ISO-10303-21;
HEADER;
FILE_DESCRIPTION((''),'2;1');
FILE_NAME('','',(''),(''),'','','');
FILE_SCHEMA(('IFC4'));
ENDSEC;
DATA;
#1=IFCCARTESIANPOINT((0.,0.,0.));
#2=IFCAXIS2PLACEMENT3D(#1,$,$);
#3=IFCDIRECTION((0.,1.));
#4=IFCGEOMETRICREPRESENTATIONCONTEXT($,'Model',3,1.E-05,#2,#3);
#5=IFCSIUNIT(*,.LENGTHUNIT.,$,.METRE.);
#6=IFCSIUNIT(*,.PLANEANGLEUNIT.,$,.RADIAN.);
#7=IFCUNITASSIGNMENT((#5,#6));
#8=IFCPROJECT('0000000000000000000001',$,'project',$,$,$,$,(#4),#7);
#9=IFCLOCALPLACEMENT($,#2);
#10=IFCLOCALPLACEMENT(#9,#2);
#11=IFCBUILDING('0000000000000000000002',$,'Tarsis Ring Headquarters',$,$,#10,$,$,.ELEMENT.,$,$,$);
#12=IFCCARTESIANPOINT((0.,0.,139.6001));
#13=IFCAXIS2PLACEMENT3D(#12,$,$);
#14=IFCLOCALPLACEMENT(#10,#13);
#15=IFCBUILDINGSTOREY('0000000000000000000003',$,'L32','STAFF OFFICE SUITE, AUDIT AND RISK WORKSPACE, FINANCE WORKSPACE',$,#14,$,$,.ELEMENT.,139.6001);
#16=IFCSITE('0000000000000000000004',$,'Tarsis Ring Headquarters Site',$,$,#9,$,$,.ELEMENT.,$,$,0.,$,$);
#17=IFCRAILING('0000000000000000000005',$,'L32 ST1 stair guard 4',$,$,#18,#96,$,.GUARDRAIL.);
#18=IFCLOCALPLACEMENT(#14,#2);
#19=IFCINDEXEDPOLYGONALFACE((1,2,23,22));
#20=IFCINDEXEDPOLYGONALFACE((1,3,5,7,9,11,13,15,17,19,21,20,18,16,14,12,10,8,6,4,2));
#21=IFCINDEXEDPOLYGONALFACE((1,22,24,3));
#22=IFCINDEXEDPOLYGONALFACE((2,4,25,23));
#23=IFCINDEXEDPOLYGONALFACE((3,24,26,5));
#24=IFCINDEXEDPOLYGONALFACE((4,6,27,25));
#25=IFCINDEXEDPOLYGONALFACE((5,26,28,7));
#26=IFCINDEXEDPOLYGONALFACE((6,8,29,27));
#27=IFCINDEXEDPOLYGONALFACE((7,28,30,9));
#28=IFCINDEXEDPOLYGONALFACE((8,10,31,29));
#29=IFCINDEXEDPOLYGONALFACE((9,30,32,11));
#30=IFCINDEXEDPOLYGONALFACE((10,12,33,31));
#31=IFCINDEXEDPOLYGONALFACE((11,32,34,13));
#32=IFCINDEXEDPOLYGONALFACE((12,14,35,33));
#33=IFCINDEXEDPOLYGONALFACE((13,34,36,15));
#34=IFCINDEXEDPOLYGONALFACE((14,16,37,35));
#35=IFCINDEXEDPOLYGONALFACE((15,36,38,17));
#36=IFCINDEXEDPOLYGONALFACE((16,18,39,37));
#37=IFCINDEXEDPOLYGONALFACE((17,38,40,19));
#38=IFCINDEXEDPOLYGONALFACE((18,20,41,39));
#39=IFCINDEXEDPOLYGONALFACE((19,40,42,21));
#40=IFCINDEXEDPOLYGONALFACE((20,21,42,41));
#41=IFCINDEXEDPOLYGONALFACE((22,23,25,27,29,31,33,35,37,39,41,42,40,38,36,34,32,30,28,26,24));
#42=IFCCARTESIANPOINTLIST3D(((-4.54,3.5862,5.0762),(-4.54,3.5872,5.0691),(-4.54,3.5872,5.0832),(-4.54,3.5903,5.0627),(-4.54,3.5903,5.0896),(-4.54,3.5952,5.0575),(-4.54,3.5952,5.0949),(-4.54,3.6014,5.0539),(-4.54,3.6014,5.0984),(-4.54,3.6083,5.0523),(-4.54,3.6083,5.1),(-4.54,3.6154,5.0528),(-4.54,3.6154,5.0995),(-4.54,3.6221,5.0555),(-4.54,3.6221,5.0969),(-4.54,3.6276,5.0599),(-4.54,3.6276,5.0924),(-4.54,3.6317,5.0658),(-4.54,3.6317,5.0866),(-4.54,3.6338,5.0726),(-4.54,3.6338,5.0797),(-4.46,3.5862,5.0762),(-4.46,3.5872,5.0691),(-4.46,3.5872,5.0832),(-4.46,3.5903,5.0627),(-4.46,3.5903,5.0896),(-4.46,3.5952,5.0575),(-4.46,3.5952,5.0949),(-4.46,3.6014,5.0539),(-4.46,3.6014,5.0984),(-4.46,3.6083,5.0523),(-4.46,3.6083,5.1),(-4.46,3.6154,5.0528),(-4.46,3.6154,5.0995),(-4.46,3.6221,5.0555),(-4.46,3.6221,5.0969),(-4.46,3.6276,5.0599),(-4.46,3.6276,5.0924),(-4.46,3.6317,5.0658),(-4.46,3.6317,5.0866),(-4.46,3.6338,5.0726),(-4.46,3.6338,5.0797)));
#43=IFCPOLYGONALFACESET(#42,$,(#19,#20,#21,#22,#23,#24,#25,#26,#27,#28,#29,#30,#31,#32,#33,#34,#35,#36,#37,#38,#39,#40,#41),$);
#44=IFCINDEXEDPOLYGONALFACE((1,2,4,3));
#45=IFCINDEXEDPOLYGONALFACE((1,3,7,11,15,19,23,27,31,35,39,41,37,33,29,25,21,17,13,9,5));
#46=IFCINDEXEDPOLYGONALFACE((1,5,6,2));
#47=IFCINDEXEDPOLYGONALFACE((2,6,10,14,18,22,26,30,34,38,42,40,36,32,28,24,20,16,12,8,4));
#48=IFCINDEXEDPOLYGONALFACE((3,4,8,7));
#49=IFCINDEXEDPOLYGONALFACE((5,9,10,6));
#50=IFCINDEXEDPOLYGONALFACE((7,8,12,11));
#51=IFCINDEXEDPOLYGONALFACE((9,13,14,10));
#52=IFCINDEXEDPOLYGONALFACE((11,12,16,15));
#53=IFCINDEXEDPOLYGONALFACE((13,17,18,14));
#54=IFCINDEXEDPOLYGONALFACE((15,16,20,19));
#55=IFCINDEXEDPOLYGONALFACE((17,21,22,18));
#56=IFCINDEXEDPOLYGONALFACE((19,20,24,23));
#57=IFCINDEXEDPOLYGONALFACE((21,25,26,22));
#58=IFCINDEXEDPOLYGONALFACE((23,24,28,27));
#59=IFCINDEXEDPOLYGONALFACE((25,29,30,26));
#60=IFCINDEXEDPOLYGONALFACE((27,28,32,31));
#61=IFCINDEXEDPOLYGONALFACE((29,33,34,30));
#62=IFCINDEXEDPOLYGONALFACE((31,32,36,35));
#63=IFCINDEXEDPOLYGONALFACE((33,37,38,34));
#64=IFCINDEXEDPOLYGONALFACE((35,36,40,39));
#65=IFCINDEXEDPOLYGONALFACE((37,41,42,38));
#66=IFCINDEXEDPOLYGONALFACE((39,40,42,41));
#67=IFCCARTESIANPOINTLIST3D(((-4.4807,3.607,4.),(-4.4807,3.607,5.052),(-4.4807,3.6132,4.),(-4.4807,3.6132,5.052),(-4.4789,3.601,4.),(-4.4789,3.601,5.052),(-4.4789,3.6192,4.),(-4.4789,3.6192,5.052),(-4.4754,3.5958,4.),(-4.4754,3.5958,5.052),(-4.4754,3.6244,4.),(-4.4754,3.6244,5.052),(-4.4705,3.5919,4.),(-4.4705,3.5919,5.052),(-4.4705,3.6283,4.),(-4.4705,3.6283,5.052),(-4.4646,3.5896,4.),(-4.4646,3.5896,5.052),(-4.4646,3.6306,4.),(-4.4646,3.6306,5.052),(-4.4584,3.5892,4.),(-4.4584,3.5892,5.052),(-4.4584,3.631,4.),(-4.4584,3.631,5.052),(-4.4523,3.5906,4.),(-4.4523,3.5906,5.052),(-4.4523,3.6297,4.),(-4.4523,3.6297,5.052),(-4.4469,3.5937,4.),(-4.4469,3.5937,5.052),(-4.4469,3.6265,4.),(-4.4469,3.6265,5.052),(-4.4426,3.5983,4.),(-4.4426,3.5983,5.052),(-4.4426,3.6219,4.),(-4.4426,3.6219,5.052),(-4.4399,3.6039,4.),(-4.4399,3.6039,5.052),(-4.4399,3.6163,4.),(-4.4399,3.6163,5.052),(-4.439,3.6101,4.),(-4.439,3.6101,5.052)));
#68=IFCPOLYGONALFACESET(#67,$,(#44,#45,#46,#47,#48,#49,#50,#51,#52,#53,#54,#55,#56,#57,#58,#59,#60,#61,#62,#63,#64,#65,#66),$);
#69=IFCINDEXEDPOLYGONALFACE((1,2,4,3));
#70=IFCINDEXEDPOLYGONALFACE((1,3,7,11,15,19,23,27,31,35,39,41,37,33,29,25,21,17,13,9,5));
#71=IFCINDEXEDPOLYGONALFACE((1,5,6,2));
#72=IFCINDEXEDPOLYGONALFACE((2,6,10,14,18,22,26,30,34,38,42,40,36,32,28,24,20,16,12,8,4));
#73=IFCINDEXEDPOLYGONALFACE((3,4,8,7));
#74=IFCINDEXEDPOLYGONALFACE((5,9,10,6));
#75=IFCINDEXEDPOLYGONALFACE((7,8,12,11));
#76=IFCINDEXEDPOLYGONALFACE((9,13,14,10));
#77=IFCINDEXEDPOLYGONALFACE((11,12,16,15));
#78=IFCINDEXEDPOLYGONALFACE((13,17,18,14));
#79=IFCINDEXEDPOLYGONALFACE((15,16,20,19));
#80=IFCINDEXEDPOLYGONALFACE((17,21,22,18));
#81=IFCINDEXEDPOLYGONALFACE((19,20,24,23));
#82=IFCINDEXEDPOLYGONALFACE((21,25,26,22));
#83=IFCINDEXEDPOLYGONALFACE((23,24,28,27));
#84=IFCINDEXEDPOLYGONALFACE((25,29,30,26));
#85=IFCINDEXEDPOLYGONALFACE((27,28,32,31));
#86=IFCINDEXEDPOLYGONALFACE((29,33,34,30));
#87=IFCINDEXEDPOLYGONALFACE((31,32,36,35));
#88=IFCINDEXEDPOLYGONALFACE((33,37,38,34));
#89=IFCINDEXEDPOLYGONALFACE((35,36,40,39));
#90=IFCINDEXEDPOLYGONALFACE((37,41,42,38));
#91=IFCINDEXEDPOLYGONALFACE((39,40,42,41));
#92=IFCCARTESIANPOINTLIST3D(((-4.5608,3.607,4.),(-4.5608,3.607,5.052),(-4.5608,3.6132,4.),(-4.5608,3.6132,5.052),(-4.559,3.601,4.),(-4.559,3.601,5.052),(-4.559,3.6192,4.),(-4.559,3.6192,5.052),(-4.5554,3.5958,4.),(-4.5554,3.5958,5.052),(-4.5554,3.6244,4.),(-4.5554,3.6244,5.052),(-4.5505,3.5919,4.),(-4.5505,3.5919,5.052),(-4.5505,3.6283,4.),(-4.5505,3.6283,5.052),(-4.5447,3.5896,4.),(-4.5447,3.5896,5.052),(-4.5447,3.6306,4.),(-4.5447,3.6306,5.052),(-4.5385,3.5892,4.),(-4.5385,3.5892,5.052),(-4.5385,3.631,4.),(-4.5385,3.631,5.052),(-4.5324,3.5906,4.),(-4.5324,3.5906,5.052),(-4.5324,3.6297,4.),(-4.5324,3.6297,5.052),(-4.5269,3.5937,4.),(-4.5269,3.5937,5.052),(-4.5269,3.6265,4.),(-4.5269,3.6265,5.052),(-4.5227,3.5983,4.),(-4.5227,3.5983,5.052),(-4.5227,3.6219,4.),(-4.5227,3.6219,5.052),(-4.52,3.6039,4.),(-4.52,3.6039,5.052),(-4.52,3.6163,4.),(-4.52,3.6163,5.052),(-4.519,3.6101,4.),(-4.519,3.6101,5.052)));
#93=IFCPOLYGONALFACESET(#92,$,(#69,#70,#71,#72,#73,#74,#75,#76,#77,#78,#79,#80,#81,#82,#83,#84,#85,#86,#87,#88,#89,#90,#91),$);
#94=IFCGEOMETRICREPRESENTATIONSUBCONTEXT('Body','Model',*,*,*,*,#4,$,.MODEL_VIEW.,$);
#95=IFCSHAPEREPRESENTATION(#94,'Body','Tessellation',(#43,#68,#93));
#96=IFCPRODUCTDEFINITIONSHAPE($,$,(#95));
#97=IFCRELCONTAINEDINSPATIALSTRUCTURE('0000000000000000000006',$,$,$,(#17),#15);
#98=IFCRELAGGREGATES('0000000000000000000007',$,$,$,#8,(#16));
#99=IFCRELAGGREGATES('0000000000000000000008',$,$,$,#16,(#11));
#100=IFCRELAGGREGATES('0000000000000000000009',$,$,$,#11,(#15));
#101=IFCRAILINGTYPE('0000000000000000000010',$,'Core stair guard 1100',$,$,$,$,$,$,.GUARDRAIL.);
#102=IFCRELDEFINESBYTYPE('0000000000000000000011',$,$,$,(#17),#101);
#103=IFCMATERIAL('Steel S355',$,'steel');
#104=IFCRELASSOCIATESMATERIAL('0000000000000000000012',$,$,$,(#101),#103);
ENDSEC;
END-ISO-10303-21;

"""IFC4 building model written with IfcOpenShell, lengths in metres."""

from ifc_helpers import new_model, si_unit, direction, frame, origin, origin_2d, place, context, subcontext, project, spatial, circle, extrude, material, type_object, element, save


model = new_model("IFC4")

# Units and contexts
model_context = context("Model", 3, precision=1e-05, world=origin(), true_north=direction((0.0, 1.0)))
body_context = subcontext(model_context, "Body", "Model", "MODEL_VIEW")
ifc_project = project(units=[si_unit("LENGTHUNIT", "METRE"), si_unit("PLANEANGLEUNIT", "RADIAN")], contexts=[model_context])

# Site, building, storey
site_placement = place(None, origin())
site = spatial("IfcSite", under=ifc_project, at=site_placement, Name="Tarsis Ring Headquarters Site", CompositionType="ELEMENT", RefElevation=0.0)
building_placement = place(site_placement, origin())
building = spatial("IfcBuilding", under=site, at=building_placement, Name="Tarsis Ring Headquarters", CompositionType="ELEMENT")
storey_placement = place(building_placement, frame((0.0, 0.0, 139.6001)))
storey = spatial("IfcBuildingStorey", under=building, at=storey_placement, Name="L32", Description="STAFF OFFICE SUITE, AUDIT AND RISK WORKSPACE, FINANCE WORKSPACE", CompositionType="ELEMENT", Elevation=139.6001)

# Shared definitions
ifc_material_1 = material(Name="Steel S355", Category="steel")

# Railing
railing_type_1 = type_object("IfcRailingType", Name="Core stair guard 1100", PredefinedType="GUARDRAIL", material=ifc_material_1)
railing_1_placement = place(storey_placement, frame((-4.46, 3.6101, 4.0)))
element("IfcRailing", 1, at=railing_1_placement, inside=storey, type_object=railing_type_1, Name="L32 ST1 stair guard 4", PredefinedType="GUARDRAIL", context=body_context, shape_type="SweptSolid", body=[
    extrude(circle(Radius=0.0239, at=origin_2d()), frame((0.0, 0.0, 1.0762), z_axis=(-1.0, 0.0, 0.0), x_axis=(0.0, -1.0, 0.0)), (0.0, 0.0, 1.0), 0.0801),
    extrude(circle(Radius=0.021, at=origin_2d()), origin(), (0.0, 0.0, 1.0), 1.052),
    extrude(circle(Radius=0.021, at=origin_2d()), frame((-0.0801, 0.0, 0.0)), (0.0, 0.0, 1.0), 1.052),
])

save(model, "model.ifc")
